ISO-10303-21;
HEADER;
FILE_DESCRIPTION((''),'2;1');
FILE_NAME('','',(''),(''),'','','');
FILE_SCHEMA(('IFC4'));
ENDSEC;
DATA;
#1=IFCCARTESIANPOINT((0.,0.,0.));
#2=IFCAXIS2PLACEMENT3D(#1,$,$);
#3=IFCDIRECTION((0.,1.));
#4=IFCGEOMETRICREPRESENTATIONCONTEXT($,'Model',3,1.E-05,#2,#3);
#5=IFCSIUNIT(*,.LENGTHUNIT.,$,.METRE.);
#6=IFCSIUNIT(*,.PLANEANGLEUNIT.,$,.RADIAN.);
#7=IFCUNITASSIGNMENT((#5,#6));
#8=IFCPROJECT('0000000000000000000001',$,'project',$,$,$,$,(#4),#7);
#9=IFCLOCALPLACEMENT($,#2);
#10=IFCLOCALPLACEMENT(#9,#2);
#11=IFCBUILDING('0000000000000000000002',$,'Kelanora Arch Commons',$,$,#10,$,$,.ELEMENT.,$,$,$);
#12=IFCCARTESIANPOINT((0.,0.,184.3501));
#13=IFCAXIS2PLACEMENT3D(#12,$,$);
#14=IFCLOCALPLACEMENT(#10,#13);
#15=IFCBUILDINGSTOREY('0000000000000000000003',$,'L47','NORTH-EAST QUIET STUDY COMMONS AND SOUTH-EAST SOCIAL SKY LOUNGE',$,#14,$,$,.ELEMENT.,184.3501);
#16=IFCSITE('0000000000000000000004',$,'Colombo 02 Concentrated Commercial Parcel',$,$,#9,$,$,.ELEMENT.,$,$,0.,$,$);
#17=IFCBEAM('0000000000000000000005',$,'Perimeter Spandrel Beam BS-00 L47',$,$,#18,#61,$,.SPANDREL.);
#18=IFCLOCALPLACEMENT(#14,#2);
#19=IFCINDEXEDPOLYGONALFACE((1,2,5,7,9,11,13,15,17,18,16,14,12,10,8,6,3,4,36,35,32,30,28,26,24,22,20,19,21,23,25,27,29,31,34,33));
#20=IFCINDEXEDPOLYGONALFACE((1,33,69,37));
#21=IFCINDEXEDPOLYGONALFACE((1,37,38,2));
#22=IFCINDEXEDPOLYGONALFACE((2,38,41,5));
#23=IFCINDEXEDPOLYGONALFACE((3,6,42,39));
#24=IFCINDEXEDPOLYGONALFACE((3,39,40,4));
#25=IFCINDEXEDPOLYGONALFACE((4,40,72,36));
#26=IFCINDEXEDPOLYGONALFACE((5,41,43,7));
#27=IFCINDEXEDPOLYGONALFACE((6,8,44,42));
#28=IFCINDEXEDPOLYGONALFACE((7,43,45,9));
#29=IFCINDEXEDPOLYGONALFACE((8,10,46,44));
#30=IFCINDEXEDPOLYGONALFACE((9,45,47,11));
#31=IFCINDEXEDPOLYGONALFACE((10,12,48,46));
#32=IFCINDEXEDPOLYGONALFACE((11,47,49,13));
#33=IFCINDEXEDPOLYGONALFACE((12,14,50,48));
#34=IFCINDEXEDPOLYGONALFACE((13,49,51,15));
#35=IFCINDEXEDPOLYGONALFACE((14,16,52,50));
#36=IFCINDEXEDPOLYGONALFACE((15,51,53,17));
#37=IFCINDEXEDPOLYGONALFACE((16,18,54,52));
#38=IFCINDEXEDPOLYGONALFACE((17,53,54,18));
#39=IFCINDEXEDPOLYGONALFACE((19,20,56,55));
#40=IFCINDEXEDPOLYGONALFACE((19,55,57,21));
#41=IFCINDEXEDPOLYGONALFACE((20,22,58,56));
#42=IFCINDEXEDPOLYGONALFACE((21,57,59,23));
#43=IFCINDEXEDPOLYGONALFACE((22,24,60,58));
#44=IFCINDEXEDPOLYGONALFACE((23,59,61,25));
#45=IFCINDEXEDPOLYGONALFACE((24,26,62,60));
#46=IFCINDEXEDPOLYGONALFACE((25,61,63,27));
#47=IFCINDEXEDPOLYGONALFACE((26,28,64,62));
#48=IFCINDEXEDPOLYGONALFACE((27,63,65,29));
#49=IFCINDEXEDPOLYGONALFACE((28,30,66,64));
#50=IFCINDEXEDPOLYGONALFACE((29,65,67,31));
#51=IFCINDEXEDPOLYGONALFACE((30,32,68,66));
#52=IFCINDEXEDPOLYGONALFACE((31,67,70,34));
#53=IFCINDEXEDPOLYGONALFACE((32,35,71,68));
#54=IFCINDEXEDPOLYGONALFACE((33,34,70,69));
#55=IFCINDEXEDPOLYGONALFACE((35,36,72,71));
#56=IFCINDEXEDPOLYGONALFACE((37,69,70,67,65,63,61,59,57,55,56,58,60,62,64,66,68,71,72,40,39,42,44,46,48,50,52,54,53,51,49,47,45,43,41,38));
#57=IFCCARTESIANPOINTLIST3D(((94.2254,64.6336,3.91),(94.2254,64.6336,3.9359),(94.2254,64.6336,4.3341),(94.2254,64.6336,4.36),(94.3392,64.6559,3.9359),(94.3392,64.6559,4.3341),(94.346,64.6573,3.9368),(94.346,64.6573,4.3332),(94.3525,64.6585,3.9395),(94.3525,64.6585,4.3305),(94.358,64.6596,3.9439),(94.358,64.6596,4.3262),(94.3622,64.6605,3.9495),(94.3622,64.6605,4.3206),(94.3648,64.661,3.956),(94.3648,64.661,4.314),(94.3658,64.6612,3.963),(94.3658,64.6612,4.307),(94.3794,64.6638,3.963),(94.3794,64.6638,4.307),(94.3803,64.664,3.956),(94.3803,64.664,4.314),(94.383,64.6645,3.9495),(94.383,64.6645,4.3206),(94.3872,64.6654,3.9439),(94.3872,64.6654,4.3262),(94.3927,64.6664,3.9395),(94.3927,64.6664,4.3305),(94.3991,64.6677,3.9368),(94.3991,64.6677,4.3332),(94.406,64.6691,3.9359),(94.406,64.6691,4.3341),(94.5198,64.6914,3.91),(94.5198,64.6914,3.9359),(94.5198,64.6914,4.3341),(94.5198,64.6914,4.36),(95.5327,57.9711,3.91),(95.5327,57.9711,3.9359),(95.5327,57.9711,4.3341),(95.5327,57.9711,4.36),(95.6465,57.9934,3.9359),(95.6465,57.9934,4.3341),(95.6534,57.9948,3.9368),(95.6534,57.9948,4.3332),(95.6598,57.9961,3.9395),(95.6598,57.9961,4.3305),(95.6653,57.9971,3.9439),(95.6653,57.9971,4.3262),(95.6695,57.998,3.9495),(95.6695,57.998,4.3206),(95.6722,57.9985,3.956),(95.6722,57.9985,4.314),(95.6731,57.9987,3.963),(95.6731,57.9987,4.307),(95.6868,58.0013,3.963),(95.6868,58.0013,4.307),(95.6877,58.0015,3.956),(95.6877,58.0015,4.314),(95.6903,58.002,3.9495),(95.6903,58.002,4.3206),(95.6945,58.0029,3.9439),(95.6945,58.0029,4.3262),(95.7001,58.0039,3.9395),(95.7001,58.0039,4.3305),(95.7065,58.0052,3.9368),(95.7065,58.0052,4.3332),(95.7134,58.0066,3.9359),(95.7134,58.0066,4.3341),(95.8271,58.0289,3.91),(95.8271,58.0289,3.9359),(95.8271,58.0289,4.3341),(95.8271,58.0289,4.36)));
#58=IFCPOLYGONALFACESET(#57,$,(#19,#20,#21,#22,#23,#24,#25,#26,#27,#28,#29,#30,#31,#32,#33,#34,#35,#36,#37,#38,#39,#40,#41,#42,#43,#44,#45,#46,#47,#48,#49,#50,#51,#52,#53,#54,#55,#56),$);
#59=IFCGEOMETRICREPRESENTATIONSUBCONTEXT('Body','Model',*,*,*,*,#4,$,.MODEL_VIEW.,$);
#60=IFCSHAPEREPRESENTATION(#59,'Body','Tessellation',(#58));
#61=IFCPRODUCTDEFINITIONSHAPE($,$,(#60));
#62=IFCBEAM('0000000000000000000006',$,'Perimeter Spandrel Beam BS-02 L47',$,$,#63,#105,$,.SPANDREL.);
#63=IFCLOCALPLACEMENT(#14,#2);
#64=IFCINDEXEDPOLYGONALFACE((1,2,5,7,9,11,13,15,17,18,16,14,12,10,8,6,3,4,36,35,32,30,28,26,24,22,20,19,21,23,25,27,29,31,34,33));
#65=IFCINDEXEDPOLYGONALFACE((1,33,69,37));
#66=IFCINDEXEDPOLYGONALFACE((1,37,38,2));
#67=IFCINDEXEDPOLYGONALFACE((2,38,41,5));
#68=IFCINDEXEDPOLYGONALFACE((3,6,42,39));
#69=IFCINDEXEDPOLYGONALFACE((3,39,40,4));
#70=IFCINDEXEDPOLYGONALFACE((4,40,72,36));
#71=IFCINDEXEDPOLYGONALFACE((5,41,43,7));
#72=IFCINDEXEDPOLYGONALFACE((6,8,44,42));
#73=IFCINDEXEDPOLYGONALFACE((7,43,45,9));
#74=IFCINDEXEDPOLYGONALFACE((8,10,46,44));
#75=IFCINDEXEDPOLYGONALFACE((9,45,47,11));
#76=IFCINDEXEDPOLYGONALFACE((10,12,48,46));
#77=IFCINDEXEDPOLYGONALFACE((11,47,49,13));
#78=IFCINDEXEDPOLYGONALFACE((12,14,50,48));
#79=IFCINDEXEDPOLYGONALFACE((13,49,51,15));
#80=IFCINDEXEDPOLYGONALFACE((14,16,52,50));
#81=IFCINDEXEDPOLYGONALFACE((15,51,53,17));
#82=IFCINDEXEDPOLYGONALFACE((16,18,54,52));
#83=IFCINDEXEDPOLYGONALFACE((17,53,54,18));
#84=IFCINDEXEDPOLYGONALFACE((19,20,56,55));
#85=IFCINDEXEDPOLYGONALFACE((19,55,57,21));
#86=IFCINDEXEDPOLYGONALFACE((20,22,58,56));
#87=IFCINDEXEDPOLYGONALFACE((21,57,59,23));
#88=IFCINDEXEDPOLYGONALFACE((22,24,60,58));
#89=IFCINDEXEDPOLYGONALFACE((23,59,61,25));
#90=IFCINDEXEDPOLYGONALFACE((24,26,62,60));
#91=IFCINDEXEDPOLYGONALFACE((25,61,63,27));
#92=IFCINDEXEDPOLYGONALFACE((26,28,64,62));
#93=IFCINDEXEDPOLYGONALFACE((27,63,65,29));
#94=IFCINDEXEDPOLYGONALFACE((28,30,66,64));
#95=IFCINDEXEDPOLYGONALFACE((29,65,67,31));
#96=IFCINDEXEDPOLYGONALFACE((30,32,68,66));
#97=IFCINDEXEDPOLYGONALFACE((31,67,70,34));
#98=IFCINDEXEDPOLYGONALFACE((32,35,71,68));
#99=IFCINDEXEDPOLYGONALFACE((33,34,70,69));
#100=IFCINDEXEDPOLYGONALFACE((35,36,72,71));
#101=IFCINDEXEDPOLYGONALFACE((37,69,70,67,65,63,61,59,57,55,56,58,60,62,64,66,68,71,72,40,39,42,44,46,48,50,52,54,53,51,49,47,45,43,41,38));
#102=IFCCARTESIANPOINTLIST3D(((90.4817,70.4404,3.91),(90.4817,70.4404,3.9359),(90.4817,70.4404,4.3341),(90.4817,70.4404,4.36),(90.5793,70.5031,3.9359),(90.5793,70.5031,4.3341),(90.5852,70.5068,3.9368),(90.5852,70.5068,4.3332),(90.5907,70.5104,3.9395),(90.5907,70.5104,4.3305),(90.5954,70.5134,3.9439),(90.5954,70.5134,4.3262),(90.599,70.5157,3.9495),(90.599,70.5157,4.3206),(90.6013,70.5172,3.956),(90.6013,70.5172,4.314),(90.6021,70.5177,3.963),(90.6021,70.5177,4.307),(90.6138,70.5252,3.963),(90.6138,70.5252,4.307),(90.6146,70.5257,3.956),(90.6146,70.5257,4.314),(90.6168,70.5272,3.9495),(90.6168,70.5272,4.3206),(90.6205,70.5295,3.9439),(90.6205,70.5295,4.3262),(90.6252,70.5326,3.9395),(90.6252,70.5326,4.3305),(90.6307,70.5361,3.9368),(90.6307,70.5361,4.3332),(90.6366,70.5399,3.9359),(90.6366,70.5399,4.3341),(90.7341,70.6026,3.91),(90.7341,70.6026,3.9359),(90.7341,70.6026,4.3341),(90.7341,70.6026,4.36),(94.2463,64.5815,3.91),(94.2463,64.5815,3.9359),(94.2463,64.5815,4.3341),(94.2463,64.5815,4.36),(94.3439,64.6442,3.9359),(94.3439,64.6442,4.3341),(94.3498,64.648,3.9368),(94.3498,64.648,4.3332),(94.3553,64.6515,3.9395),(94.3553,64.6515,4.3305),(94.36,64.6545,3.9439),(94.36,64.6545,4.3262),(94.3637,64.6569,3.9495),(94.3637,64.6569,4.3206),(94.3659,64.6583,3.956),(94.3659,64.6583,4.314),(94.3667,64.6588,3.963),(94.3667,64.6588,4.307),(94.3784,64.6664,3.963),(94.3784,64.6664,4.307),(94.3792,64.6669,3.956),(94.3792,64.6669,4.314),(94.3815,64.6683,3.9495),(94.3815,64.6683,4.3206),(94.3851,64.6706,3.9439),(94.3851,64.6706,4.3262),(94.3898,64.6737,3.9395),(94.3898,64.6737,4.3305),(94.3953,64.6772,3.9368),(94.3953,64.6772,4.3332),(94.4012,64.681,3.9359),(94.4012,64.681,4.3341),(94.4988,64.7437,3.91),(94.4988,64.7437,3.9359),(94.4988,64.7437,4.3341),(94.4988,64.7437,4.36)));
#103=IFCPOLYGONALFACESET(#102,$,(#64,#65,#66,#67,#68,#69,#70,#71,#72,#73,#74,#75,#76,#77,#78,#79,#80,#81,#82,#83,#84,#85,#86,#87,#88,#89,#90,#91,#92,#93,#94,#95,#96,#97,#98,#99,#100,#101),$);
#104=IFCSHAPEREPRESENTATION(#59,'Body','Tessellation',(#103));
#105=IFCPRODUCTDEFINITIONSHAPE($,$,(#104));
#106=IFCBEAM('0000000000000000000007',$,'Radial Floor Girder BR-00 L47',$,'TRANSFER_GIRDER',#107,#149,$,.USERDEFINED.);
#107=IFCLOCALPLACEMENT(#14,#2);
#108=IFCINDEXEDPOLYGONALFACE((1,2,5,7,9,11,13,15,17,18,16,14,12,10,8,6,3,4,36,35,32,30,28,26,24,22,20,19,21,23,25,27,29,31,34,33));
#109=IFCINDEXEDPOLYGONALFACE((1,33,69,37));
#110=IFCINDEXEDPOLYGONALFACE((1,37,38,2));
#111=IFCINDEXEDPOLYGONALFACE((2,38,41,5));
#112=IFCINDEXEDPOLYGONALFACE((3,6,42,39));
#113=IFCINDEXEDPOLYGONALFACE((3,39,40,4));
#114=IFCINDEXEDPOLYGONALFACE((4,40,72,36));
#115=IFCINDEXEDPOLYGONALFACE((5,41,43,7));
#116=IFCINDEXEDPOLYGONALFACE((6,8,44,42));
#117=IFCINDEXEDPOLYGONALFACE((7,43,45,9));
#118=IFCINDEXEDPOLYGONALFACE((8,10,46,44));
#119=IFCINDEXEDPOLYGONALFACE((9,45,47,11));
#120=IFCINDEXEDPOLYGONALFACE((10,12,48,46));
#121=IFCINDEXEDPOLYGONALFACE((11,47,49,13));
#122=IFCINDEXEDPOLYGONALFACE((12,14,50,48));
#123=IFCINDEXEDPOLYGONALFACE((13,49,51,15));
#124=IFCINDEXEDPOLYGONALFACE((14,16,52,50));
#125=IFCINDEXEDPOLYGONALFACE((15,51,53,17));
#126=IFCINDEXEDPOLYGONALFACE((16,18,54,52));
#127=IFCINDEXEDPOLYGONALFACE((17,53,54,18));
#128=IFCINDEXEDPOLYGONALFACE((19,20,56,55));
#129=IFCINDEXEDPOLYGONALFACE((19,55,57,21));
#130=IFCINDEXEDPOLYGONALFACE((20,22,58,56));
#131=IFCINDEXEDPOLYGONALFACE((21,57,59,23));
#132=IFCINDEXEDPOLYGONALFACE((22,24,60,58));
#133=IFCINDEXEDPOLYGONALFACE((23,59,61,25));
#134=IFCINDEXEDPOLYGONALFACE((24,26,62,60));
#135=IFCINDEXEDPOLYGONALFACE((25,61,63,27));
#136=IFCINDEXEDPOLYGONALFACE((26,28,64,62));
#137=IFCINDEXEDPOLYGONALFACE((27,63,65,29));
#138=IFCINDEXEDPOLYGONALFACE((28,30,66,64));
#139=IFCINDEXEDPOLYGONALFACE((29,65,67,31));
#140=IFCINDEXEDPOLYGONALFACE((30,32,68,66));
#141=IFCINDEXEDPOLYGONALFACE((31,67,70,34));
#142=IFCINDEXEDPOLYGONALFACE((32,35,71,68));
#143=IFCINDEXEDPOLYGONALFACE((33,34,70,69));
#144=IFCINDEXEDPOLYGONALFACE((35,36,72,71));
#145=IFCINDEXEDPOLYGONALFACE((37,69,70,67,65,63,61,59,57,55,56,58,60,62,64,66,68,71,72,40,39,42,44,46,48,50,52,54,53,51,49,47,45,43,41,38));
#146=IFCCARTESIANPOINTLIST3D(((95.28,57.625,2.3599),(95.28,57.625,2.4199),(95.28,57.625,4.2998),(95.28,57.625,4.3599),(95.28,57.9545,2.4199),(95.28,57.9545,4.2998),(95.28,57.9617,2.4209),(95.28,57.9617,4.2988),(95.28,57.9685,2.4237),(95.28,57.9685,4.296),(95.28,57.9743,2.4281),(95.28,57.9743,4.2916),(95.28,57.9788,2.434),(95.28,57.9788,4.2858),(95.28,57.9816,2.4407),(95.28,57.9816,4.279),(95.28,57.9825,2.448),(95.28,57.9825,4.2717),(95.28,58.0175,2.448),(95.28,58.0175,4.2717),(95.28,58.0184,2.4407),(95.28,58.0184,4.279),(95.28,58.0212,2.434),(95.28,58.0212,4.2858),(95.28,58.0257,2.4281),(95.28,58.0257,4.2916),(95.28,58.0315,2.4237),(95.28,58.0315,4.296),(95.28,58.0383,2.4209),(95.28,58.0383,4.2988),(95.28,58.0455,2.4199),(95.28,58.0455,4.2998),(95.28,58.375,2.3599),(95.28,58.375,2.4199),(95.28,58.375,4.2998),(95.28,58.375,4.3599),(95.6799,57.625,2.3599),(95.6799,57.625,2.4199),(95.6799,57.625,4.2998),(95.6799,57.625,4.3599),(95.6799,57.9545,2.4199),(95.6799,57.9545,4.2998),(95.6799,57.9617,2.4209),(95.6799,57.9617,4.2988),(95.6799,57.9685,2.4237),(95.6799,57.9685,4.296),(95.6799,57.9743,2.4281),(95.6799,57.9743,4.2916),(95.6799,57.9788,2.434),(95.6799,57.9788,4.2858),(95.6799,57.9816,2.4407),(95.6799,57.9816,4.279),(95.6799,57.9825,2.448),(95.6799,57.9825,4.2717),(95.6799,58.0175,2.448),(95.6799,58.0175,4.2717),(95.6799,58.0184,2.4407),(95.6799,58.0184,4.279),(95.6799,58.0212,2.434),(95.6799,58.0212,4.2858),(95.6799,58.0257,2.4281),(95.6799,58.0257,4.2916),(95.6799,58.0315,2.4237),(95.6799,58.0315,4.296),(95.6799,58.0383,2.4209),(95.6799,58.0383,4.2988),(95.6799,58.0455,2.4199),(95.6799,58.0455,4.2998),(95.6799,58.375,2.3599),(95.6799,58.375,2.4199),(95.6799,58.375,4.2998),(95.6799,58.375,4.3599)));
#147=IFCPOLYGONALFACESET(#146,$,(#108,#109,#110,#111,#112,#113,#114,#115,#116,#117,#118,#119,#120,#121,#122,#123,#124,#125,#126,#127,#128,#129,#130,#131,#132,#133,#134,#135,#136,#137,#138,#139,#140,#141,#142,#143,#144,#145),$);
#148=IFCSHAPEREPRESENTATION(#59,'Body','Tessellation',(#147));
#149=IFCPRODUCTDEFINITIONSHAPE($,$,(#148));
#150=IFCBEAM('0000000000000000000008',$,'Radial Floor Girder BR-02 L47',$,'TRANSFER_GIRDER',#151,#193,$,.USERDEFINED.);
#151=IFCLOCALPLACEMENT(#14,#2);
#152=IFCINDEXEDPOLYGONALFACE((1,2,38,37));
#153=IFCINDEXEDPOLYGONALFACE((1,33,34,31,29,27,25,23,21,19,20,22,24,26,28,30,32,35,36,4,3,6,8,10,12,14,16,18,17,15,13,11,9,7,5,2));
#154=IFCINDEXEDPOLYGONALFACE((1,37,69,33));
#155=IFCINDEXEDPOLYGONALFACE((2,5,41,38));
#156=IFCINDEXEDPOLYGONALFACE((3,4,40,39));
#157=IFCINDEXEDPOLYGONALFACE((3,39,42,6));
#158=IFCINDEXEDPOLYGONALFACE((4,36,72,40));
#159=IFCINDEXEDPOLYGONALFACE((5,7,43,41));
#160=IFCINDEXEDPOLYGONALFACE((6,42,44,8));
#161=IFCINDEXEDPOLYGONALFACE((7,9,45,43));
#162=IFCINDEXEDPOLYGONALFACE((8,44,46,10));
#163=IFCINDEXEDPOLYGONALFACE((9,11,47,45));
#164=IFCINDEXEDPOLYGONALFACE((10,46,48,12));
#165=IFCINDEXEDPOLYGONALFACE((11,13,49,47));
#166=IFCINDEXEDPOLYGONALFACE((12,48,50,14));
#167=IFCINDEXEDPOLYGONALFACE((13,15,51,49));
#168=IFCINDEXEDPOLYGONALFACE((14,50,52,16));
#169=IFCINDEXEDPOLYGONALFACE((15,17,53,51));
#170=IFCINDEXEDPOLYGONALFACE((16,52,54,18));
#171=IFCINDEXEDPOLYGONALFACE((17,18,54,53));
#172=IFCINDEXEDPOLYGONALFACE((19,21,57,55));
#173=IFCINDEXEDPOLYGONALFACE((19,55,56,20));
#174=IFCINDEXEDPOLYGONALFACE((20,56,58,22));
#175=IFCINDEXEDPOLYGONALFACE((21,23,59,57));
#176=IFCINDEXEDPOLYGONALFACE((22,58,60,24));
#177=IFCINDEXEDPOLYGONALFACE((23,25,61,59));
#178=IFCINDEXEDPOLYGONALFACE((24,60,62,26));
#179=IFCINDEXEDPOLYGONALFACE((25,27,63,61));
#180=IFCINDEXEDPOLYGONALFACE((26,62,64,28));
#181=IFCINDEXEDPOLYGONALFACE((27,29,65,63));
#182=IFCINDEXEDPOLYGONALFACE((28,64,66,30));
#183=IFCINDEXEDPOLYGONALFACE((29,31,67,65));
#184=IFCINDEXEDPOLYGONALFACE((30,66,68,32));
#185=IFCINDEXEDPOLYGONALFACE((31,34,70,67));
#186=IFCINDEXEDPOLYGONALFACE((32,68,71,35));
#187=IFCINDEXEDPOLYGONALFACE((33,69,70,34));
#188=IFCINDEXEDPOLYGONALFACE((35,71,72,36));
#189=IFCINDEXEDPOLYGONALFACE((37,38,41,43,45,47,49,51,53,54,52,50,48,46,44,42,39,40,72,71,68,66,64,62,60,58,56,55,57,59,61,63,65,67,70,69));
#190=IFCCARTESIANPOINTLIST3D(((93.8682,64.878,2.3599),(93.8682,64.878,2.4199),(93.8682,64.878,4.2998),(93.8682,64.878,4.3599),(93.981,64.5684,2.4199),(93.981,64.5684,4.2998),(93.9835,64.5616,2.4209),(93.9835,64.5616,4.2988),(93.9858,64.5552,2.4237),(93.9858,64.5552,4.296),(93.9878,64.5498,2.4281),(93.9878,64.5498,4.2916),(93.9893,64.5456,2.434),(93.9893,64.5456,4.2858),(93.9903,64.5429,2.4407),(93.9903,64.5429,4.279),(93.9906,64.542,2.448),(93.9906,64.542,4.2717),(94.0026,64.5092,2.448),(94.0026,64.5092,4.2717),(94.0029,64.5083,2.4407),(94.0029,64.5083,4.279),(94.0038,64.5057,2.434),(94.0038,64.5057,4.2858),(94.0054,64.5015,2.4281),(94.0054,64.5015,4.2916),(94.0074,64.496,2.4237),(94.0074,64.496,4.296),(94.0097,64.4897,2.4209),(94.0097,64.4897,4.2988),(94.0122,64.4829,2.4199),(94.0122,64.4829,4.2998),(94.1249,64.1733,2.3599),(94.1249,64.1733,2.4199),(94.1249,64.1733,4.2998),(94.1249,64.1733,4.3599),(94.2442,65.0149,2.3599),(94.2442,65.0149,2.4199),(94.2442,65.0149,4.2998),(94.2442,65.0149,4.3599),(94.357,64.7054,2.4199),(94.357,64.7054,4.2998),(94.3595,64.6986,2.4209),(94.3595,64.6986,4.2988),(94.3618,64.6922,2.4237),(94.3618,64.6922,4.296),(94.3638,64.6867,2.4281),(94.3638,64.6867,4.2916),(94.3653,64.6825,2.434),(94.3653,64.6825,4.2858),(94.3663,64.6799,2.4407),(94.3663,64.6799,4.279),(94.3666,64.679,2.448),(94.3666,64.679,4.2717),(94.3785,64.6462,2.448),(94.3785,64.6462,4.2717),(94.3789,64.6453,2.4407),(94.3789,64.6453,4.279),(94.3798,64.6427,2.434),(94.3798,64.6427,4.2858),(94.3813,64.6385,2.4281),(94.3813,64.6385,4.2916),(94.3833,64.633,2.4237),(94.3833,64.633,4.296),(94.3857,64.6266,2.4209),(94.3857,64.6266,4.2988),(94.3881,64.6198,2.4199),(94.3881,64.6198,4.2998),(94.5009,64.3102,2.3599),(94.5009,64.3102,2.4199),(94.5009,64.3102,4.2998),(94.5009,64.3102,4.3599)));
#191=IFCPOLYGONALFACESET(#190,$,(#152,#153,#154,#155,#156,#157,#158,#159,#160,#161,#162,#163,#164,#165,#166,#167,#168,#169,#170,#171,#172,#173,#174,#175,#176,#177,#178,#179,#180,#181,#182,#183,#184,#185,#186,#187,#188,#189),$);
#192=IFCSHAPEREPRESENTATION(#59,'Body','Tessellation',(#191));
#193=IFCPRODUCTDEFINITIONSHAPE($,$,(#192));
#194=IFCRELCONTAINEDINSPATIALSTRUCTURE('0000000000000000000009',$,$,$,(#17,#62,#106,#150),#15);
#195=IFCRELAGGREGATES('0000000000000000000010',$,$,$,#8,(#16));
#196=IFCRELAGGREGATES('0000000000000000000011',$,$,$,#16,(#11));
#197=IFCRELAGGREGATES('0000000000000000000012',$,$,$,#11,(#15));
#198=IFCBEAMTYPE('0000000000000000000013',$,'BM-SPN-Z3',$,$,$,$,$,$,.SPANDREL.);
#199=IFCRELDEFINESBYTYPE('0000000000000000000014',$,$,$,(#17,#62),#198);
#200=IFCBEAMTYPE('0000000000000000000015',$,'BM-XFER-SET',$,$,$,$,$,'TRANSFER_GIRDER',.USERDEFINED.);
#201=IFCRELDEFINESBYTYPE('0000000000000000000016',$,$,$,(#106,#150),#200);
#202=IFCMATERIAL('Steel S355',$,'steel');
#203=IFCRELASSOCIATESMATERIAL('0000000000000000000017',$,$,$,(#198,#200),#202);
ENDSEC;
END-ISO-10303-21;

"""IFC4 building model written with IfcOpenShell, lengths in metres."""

from ifc_helpers import new_model, si_unit, direction, frame, origin, origin_2d, place, context, subcontext, project, spatial, i_section, extrude, material, material_profile, profile_set, type_object, element, save


model = new_model("IFC4")

# Units and contexts
model_context = context("Model", 3, precision=1e-05, world=origin(), true_north=direction((0.0, 1.0)))
body_context = subcontext(model_context, "Body", "Model", "MODEL_VIEW")
ifc_project = project(units=[si_unit("LENGTHUNIT", "METRE"), si_unit("PLANEANGLEUNIT", "RADIAN")], contexts=[model_context])

# Site, building, storey
site_placement = place(None, origin())
site = spatial("IfcSite", under=ifc_project, at=site_placement, Name="Colombo 02 Concentrated Commercial Parcel", CompositionType="ELEMENT", RefElevation=0.0)
building_placement = place(site_placement, origin())
building = spatial("IfcBuilding", under=site, at=building_placement, Name="Kelanora Arch Commons", CompositionType="ELEMENT")
storey_placement = place(building_placement, frame((0.0, 0.0, 184.3501)))
storey = spatial("IfcBuildingStorey", under=building, at=storey_placement, Name="L47", Description="NORTH-EAST QUIET STUDY COMMONS AND SOUTH-EAST SOCIAL SKY LOUNGE", CompositionType="ELEMENT", Elevation=184.3501)

# Beams
ifc_material_1 = material(Name="Steel S355", Category="steel")
ifc_material_profile_1 = material_profile(ifc_material_1, i_section(OverallWidth=0.3, OverallDepth=0.45, WebThickness=0.0139, FlangeThickness=0.0259, FilletRadius=0.0271, at=origin_2d()), Name="HEB450")
ifc_profile_set_1 = profile_set([ifc_material_profile_1], Name="Steel S355")
beam_type_1 = type_object("IfcBeamType", Name="BM-SPN-Z3", PredefinedType="SPANDREL", material=ifc_profile_set_1)
beam_1_placement = place(storey_placement, frame((95.6799, 58.0, 4.135), z_axis=(-0.192554, 0.981286, 0.0), x_axis=(-0.981286, -0.192554, 0.0)))
element("IfcBeam", 1, at=beam_1_placement, inside=storey, type_object=beam_type_1, Name="Perimeter Spandrel Beam BS-00 L47", PredefinedType="SPANDREL", context=body_context, shape_type="SweptSolid", body=[
    extrude(i_section(OverallWidth=0.3, OverallDepth=0.45, WebThickness=0.0139, FlangeThickness=0.0259, FilletRadius=0.0271, at=origin_2d()), origin(), (0.0, 0.0, 1.0), 6.7896),
])
beam_2_placement = place(storey_placement, frame((94.3726, 64.6626, 4.135), z_axis=(-0.540577, 0.841295, 0.0), x_axis=(-0.841295, -0.540577, 0.0)))
element("IfcBeam", 2, at=beam_2_placement, inside=storey, type_object=beam_type_1, Name="Perimeter Spandrel Beam BS-02 L47", PredefinedType="SPANDREL", context=body_context, shape_type="SweptSolid", body=[
    extrude(i_section(OverallWidth=0.3, OverallDepth=0.45, WebThickness=0.0139, FlangeThickness=0.0259, FilletRadius=0.0271, at=origin_2d()), origin(), (0.0, 0.0, 1.0), 6.9641),
])
ifc_material_profile_2 = material_profile(ifc_material_1, i_section(OverallWidth=0.75, OverallDepth=2.0, WebThickness=0.0349, FlangeThickness=0.0601, FilletRadius=0.0281, at=origin_2d()), Name="PG2000x750")
ifc_profile_set_2 = profile_set([ifc_material_profile_2], Name="Steel S355")
beam_type_2 = type_object("IfcBeamType", Name="BM-XFER-SET", ElementType="TRANSFER_GIRDER", PredefinedType="USERDEFINED", material=ifc_profile_set_2)
beam_3_placement = place(storey_placement, frame((95.28, 58.0, 3.3599), z_axis=(1.0, 0.0, 0.0), x_axis=(0.0, 1.0, 0.0)))
element("IfcBeam", 3, at=beam_3_placement, inside=storey, type_object=beam_type_2, Name="Radial Floor Girder BR-00 L47", ObjectType="TRANSFER_GIRDER", PredefinedType="USERDEFINED", context=body_context, shape_type="SweptSolid", body=[
    extrude(i_section(OverallWidth=0.75, OverallDepth=2.0, WebThickness=0.0349, FlangeThickness=0.0601, FilletRadius=0.0281, at=origin_2d()), origin(), (0.0, 0.0, 1.0), 0.3999),
])
beam_4_placement = place(storey_placement, frame((93.9966, 64.5256, 3.3599), z_axis=(0.939597, 0.342282, 0.0), x_axis=(-0.342282, 0.939597, 0.0)))
element("IfcBeam", 4, at=beam_4_placement, inside=storey, type_object=beam_type_2, Name="Radial Floor Girder BR-02 L47", ObjectType="TRANSFER_GIRDER", PredefinedType="USERDEFINED", context=body_context, shape_type="SweptSolid", body=[
    extrude(i_section(OverallWidth=0.75, OverallDepth=2.0, WebThickness=0.0349, FlangeThickness=0.0601, FilletRadius=0.0281, at=origin_2d()), origin(), (0.0, 0.0, 1.0), 0.4001),
])

save(model, "model.ifc")
